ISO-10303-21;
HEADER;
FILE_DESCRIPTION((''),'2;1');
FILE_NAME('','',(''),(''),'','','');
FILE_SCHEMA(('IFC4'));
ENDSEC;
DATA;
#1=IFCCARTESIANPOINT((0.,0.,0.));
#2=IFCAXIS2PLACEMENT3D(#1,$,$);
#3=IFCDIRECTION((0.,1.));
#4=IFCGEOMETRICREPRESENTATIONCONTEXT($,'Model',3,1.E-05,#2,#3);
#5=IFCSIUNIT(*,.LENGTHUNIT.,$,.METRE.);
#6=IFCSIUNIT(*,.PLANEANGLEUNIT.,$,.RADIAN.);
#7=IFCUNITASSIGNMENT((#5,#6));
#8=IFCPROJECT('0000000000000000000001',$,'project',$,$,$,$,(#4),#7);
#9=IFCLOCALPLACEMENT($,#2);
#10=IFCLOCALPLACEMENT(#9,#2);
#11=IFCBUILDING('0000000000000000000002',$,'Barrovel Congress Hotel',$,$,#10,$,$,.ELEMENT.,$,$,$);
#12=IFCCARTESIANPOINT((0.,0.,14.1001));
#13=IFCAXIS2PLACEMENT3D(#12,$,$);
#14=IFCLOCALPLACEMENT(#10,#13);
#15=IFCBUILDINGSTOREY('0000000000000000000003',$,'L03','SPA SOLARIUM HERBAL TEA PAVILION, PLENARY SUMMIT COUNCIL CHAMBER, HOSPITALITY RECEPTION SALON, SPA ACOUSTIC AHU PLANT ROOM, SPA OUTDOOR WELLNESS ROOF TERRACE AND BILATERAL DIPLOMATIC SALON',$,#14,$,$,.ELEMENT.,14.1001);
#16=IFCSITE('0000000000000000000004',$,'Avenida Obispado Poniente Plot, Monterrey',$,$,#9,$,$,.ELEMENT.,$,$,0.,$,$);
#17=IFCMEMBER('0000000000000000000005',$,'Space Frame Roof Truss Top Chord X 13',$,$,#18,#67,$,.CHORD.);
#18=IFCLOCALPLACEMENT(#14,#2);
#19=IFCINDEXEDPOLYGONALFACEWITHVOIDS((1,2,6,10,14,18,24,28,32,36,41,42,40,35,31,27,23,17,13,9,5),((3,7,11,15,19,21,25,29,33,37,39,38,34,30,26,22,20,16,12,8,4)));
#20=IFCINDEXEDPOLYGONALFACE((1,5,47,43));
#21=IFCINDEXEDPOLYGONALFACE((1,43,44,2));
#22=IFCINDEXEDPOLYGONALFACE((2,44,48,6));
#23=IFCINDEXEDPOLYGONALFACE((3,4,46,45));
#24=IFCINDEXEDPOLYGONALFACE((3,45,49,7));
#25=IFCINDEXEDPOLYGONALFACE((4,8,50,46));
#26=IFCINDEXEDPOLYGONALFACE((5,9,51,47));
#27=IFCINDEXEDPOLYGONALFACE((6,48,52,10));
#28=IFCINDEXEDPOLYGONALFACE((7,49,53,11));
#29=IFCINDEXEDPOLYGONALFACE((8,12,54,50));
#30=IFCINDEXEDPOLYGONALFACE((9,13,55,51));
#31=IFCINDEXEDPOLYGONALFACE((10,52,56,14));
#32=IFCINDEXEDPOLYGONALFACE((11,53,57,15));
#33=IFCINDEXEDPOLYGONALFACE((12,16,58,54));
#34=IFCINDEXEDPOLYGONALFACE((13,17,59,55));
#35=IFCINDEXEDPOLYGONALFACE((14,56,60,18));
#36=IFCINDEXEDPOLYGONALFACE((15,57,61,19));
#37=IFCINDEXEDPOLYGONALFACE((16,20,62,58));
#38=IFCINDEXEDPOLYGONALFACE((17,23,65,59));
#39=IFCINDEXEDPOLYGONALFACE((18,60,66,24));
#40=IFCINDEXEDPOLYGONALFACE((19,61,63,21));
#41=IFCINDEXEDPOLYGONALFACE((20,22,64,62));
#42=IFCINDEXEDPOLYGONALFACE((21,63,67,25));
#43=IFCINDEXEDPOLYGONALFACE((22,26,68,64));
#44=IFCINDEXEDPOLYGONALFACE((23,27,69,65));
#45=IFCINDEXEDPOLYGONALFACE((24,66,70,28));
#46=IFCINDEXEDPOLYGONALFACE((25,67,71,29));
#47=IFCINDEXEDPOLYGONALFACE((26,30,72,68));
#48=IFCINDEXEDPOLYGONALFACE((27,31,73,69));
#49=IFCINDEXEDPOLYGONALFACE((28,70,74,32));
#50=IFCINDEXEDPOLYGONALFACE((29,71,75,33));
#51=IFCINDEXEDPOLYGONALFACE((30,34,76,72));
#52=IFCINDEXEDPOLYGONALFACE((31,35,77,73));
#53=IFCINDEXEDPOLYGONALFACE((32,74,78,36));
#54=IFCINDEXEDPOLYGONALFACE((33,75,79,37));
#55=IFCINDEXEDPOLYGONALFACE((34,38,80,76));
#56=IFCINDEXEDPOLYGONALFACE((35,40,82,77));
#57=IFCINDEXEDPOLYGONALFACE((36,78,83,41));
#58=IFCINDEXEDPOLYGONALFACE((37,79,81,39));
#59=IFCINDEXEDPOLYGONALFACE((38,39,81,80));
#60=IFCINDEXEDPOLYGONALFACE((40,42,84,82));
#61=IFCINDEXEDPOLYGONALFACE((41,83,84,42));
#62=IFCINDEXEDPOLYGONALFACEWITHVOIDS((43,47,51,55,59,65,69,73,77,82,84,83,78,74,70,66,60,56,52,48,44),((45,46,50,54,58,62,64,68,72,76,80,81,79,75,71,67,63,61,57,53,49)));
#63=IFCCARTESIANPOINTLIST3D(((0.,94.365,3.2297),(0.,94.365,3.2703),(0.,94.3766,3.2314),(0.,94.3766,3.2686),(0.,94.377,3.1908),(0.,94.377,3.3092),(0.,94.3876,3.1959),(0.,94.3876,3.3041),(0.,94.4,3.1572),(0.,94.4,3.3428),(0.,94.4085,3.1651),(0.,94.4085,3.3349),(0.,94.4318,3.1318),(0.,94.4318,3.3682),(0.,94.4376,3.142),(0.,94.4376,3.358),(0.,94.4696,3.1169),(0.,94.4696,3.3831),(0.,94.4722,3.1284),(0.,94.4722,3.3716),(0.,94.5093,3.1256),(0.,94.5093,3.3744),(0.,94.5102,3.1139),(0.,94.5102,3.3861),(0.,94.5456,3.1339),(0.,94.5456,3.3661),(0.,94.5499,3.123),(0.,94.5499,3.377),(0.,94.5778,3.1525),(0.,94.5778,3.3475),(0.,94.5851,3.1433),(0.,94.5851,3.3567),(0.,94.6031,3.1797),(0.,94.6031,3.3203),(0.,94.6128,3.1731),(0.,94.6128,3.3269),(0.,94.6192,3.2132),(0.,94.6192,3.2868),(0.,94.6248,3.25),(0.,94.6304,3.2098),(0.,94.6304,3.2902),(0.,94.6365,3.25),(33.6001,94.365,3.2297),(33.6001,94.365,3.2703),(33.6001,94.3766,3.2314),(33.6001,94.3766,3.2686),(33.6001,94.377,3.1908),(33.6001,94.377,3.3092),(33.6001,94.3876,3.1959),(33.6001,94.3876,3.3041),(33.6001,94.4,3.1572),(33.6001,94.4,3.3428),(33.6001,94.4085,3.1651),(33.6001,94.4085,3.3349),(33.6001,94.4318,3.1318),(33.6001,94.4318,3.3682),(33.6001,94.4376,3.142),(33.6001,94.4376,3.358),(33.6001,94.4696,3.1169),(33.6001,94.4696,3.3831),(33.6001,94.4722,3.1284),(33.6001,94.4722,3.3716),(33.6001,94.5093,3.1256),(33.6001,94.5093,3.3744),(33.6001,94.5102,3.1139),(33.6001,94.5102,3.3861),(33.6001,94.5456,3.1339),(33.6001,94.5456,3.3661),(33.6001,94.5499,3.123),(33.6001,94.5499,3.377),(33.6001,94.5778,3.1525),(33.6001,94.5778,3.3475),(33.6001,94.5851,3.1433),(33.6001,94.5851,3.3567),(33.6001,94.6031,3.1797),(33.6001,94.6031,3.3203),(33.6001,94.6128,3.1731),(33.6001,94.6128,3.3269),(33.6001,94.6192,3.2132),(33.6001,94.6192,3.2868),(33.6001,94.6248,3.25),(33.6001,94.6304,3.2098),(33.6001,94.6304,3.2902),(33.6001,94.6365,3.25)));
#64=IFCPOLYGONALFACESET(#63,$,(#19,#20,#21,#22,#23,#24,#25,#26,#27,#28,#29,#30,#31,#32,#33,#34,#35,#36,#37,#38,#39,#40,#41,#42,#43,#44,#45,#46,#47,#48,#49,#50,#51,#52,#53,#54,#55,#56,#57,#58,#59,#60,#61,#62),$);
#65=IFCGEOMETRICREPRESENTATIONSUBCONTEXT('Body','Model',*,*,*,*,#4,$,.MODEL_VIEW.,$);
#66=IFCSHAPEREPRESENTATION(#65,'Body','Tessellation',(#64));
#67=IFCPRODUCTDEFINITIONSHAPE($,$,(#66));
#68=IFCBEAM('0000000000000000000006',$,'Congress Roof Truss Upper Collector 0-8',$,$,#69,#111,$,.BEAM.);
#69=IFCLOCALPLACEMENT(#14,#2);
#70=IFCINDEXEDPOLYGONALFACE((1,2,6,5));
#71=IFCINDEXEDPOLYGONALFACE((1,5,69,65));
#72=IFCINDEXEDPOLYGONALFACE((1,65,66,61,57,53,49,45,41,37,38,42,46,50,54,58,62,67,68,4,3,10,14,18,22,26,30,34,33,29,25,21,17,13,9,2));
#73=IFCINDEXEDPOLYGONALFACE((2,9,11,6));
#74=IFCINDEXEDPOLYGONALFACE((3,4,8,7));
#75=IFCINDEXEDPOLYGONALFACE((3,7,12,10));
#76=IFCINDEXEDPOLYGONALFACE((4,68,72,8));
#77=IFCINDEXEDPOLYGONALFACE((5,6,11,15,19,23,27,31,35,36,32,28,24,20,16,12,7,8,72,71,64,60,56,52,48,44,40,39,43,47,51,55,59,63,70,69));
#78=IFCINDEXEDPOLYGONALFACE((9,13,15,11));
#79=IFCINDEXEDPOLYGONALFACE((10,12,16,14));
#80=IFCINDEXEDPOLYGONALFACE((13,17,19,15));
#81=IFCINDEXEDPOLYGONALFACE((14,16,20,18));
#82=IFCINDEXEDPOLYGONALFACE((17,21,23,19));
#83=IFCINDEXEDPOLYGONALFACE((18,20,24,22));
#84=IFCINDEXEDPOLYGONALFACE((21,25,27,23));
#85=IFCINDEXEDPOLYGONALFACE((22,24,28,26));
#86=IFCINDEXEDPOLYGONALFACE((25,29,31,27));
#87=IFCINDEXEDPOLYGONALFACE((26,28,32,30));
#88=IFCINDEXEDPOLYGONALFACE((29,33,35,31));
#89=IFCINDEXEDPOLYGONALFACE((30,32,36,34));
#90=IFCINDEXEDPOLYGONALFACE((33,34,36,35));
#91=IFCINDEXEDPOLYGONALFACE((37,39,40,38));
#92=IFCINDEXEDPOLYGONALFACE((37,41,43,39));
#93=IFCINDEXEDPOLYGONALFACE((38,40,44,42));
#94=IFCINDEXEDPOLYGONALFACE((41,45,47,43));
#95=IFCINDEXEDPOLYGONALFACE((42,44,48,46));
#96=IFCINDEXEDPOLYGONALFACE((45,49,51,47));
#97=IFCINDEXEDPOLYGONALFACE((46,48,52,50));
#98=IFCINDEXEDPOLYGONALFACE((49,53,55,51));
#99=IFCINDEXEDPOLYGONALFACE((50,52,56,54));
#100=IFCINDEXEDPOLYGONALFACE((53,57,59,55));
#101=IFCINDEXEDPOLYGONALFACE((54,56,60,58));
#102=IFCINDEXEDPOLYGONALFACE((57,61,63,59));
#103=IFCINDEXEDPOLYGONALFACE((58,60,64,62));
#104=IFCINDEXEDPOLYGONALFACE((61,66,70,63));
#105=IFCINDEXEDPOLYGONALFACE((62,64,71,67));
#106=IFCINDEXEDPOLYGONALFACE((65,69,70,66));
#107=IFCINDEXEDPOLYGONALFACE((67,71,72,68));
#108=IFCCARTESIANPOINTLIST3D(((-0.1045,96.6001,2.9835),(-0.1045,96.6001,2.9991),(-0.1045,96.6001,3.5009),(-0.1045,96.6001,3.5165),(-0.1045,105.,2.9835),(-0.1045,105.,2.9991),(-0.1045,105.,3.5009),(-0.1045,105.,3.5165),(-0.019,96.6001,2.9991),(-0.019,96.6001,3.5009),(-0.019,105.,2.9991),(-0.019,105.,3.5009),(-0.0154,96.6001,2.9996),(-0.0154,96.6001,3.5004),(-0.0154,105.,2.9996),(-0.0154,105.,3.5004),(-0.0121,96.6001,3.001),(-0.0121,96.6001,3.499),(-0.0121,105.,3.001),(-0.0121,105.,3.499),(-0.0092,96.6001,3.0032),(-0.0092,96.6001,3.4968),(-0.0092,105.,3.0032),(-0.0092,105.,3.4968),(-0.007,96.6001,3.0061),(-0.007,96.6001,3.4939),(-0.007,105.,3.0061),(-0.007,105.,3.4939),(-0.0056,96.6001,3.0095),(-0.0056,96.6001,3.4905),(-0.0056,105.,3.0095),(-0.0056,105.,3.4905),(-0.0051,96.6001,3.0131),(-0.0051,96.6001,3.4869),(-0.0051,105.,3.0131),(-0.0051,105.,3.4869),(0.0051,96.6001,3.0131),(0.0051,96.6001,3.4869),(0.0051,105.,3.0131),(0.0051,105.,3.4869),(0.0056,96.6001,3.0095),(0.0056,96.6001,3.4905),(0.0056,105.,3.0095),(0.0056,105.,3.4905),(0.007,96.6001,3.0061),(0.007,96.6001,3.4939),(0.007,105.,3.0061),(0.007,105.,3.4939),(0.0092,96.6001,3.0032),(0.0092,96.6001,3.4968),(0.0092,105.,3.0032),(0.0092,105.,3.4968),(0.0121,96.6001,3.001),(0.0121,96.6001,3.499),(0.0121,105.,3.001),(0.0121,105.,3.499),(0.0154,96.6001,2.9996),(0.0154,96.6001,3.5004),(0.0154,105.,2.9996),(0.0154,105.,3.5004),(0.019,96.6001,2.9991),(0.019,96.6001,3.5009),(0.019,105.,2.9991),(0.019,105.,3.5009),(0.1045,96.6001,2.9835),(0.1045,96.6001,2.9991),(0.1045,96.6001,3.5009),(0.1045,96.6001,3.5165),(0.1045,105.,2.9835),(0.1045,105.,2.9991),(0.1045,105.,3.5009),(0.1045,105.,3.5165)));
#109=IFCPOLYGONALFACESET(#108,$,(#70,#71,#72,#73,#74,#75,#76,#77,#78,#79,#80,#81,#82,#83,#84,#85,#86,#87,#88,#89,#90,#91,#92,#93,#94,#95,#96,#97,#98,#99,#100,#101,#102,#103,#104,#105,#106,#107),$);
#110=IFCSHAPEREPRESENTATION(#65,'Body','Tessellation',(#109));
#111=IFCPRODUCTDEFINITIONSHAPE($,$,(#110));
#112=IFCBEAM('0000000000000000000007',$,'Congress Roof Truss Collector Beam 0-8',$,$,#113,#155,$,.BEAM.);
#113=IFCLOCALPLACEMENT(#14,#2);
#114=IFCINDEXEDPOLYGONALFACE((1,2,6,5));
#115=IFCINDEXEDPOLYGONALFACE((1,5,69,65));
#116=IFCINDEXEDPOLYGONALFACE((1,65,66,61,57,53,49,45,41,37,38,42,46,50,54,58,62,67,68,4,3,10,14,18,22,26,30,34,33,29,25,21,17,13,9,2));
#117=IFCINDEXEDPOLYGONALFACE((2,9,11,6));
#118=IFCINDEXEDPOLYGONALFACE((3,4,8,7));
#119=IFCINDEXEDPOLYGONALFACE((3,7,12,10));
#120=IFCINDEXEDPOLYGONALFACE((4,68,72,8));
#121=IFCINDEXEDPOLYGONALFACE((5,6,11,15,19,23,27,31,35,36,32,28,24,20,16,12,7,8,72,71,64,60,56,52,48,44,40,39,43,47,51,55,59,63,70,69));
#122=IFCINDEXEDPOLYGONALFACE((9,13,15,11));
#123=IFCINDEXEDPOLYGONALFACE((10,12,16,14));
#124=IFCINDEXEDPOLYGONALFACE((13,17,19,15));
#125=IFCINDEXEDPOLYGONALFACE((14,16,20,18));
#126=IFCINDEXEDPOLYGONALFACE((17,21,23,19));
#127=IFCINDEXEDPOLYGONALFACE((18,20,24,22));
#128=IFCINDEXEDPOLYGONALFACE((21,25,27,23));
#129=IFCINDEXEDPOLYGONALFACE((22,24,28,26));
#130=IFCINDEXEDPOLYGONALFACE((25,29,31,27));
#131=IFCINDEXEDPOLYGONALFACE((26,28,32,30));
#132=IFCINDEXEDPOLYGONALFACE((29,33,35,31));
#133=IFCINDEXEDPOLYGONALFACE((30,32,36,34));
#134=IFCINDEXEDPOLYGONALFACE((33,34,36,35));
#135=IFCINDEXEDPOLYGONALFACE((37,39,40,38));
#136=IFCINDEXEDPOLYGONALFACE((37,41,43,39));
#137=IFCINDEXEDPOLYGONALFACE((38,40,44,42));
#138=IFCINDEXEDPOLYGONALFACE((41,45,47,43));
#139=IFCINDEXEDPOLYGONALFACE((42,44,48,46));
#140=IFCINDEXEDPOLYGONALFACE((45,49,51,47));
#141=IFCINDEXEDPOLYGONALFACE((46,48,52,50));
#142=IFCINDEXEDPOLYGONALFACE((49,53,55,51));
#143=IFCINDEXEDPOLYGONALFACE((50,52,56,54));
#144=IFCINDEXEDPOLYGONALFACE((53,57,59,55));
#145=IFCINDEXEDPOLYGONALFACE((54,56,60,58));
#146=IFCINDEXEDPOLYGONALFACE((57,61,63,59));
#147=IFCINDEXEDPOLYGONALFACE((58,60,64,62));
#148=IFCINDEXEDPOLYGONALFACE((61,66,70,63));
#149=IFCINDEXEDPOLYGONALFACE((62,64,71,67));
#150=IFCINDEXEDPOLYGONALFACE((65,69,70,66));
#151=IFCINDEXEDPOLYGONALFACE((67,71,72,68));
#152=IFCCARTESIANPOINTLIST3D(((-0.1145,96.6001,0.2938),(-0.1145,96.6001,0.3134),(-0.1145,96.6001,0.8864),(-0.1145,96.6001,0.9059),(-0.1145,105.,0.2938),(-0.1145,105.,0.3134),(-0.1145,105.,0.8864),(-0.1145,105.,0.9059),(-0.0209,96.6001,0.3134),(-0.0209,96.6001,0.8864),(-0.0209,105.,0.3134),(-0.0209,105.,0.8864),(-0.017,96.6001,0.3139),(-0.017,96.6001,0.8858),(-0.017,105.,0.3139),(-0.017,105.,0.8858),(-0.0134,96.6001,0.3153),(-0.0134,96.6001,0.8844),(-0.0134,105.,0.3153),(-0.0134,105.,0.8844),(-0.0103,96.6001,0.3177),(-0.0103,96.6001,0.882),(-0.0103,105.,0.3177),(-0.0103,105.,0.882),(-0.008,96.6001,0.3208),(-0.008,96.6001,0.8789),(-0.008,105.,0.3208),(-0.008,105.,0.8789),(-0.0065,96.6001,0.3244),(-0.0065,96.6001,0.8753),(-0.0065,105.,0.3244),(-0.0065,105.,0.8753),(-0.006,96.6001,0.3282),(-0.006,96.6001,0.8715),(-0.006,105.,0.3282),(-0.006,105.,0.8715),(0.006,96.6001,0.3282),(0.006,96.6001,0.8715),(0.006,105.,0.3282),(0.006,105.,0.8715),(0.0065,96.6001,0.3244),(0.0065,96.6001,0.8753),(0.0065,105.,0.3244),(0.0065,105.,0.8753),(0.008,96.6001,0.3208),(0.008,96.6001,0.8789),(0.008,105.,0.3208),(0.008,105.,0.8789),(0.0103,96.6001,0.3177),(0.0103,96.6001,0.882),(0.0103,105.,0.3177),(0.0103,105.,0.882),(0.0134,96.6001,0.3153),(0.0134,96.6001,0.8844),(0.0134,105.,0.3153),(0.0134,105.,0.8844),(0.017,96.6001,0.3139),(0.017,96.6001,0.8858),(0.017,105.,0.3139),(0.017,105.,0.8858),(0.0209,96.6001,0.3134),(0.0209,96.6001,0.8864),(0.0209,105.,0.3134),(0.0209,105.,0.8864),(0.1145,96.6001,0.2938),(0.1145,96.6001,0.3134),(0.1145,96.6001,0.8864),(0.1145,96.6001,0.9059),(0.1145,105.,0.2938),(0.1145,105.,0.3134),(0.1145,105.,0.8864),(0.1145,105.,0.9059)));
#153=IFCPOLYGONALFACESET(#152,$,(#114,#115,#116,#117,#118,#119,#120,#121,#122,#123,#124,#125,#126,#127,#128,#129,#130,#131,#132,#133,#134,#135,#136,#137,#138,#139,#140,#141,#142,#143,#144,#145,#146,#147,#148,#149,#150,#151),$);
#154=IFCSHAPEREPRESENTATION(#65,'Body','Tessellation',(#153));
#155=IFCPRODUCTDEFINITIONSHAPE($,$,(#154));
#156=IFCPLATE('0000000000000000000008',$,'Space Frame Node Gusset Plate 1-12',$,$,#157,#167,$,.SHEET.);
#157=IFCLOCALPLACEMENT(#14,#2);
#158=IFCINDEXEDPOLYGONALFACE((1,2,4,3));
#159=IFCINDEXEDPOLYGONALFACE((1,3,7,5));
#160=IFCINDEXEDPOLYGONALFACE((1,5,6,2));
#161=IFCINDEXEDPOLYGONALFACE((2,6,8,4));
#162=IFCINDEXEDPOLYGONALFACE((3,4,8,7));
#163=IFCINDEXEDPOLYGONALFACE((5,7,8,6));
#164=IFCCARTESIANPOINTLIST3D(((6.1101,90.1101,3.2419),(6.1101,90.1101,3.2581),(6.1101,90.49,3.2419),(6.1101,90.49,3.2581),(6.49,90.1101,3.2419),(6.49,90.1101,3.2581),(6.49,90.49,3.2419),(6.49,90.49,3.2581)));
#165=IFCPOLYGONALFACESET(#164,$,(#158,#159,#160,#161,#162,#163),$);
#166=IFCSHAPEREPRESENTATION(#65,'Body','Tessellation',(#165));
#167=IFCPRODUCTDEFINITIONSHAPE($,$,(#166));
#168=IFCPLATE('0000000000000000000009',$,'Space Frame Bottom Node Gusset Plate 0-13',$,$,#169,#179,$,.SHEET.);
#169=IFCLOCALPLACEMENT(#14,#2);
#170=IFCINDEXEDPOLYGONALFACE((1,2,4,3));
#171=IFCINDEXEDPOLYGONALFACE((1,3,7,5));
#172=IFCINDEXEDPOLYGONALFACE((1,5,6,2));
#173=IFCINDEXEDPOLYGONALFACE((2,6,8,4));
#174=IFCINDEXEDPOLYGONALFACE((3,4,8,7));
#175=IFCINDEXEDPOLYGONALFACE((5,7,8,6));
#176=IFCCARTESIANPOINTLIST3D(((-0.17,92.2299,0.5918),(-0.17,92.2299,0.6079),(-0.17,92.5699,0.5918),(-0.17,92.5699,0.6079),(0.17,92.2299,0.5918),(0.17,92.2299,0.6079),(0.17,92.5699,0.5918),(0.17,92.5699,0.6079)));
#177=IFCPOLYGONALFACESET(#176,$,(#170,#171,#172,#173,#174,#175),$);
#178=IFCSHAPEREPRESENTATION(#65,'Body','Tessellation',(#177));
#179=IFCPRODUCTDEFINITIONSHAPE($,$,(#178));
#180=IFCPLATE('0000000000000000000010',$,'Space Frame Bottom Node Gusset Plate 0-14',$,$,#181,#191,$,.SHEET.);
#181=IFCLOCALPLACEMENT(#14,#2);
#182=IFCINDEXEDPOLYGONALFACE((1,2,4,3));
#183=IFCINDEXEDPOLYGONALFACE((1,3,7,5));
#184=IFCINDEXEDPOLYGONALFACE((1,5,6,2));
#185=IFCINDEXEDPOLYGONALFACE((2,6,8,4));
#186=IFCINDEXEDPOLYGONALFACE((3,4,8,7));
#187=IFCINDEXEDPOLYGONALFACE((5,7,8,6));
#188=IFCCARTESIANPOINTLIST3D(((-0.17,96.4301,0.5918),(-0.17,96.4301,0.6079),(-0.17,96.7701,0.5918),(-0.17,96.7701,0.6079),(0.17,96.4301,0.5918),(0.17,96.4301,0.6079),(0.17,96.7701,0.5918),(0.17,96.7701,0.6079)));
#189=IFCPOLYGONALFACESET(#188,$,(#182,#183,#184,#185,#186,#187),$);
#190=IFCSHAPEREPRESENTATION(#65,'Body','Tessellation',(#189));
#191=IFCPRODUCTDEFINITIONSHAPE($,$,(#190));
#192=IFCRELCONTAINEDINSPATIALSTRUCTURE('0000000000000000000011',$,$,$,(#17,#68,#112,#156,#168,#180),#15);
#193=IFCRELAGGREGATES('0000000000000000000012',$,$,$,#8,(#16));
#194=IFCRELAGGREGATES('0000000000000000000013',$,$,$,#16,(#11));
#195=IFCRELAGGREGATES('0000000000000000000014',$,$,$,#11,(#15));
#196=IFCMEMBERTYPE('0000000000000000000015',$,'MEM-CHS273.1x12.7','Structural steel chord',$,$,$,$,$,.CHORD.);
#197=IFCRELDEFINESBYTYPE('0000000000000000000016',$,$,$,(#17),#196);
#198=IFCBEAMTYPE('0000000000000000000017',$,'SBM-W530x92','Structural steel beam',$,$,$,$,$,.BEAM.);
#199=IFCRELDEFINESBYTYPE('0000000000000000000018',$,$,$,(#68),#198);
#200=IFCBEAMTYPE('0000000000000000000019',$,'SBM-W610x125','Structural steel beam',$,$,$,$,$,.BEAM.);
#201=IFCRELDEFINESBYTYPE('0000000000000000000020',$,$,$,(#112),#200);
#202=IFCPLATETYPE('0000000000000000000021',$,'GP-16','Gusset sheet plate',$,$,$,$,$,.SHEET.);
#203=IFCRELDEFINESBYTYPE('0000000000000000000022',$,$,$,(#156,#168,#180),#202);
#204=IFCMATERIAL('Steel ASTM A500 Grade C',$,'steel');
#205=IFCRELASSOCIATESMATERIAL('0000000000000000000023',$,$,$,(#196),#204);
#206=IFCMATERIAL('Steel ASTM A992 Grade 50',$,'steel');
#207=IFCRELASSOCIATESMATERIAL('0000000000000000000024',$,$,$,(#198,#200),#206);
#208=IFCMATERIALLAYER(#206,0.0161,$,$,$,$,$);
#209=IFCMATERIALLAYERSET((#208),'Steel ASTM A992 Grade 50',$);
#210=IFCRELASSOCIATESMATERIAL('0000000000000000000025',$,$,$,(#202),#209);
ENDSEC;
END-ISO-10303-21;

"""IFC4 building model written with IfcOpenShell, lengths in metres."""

from ifc_helpers import new_model, si_unit, direction, frame, origin, origin_2d, place, context, subcontext, project, spatial, rectangle, hollow_circle, i_section, extrude, material, layer, layer_set, material_profile, profile_set, type_object, element, save


model = new_model("IFC4")

# Units and contexts
model_context = context("Model", 3, precision=1e-05, world=origin(), true_north=direction((0.0, 1.0)))
body_context = subcontext(model_context, "Body", "Model", "MODEL_VIEW")
ifc_project = project(units=[si_unit("LENGTHUNIT", "METRE"), si_unit("PLANEANGLEUNIT", "RADIAN")], contexts=[model_context])

# Site, building, storey
site_placement = place(None, origin())
site = spatial("IfcSite", under=ifc_project, at=site_placement, Name="Avenida Obispado Poniente Plot, Monterrey", CompositionType="ELEMENT", RefElevation=0.0)
building_placement = place(site_placement, origin())
building = spatial("IfcBuilding", under=site, at=building_placement, Name="Barrovel Congress Hotel", CompositionType="ELEMENT")
storey_placement = place(building_placement, frame((0.0, 0.0, 14.1001)))
storey = spatial("IfcBuildingStorey", under=building, at=storey_placement, Name="L03", Description="SPA SOLARIUM HERBAL TEA PAVILION, PLENARY SUMMIT COUNCIL CHAMBER, HOSPITALITY RECEPTION SALON, SPA ACOUSTIC AHU PLANT ROOM, SPA OUTDOOR WELLNESS ROOF TERRACE AND BILATERAL DIPLOMATIC SALON", CompositionType="ELEMENT", Elevation=14.1001)

# Member
ifc_material_1 = material(Name="Steel ASTM A500 Grade C", Category="steel")
ifc_material_profile_1 = material_profile(ifc_material_1, hollow_circle(Radius=0.1365, WallThickness=0.0117, at=origin_2d()), Name="CHS273.1x12.7")
ifc_profile_set_1 = profile_set([ifc_material_profile_1], Name="Steel ASTM A500 Grade C")
member_type_1 = type_object("IfcMemberType", Name="MEM-CHS273.1x12.7", Description="Structural steel chord", PredefinedType="CHORD", material=ifc_profile_set_1)
for number, where, z_axis, x_axis, name in (
    (1, (0.0, 94.5, 3.25), (1.0, 0.0, 0.0), (0.0, 1.0, 0.0), "Space Frame Roof Truss Top Chord X 13"),
):
    element("IfcMember", number, at=place(storey_placement, frame(where, z_axis=z_axis, x_axis=x_axis)), inside=storey, type_object=member_type_1, Name=name, PredefinedType="CHORD", context=body_context, shape_type="SweptSolid", body=[
        extrude(hollow_circle(Radius=0.1365, WallThickness=0.0117, at=origin_2d()), origin(), (0.0, 0.0, 1.0), 33.6001),
    ])

# Beams
ifc_material_2 = material(Name="Steel ASTM A992 Grade 50", Category="steel")
ifc_material_profile_2 = material_profile(ifc_material_2, i_section(OverallWidth=0.209, OverallDepth=0.533, WebThickness=0.0103, FlangeThickness=0.0156, FilletRadius=0.0139, at=origin_2d()), Name="W530x92")
ifc_profile_set_2 = profile_set([ifc_material_profile_2], Name="Steel ASTM A992 Grade 50")
beam_type_1 = type_object("IfcBeamType", Name="SBM-W530x92", Description="Structural steel beam", PredefinedType="BEAM", material=ifc_profile_set_2)
beam_1_placement = place(storey_placement, frame((0.0, 96.6001, 3.25), z_axis=(0.0, 1.0, 0.0), x_axis=(-1.0, 0.0, 0.0)))
element("IfcBeam", 2, at=beam_1_placement, inside=storey, type_object=beam_type_1, Name="Congress Roof Truss Upper Collector 0-8", PredefinedType="BEAM", context=body_context, shape_type="SweptSolid", body=[
    extrude(i_section(OverallWidth=0.209, OverallDepth=0.533, WebThickness=0.0103, FlangeThickness=0.0156, FilletRadius=0.0139, at=origin_2d()), origin(), (0.0, 0.0, 1.0), 8.3999),
])
ifc_material_profile_3 = material_profile(ifc_material_2, i_section(OverallWidth=0.229, OverallDepth=0.6121, WebThickness=0.012, FlangeThickness=0.0195, FilletRadius=0.0149, at=origin_2d()), Name="W610x125")
ifc_profile_set_3 = profile_set([ifc_material_profile_3], Name="Steel ASTM A992 Grade 50")
beam_type_2 = type_object("IfcBeamType", Name="SBM-W610x125", Description="Structural steel beam", PredefinedType="BEAM", material=ifc_profile_set_3)
beam_2_placement = place(storey_placement, frame((0.0, 96.6001, 0.5999), z_axis=(0.0, 1.0, 0.0), x_axis=(-1.0, 0.0, 0.0)))
element("IfcBeam", 3, at=beam_2_placement, inside=storey, type_object=beam_type_2, Name="Congress Roof Truss Collector Beam 0-8", PredefinedType="BEAM", context=body_context, shape_type="SweptSolid", body=[
    extrude(i_section(OverallWidth=0.229, OverallDepth=0.6121, WebThickness=0.012, FlangeThickness=0.0195, FilletRadius=0.0149, at=origin_2d()), origin(), (0.0, 0.0, 1.0), 8.3999),
])

# Plates
ifc_layer_1 = layer(ifc_material_2, 0.0161)
ifc_layer_set_1 = layer_set([ifc_layer_1], Name="Steel ASTM A992 Grade 50")
plate_type_1 = type_object("IfcPlateType", Name="GP-16", Description="Gusset sheet plate", PredefinedType="SHEET", material=ifc_layer_set_1)
plate_1_placement = place(storey_placement, frame((6.3, 90.3, 3.2419), z_axis=(0.0, 0.0, 1.0), x_axis=(1.0, 0.0, 0.0)))
element("IfcPlate", 4, at=plate_1_placement, inside=storey, type_object=plate_type_1, Name="Space Frame Node Gusset Plate 1-12", PredefinedType="SHEET", context=body_context, shape_type="SweptSolid", body=[
    extrude(rectangle(XDim=0.3799, YDim=0.3799, at=origin_2d()), origin(), (0.0, 0.0, 1.0), 0.0161),
])
for number, where, z_axis, x_axis, name in (
    (5, (0.0, 92.3999, 0.5918), (0.0, 0.0, 1.0), (1.0, 0.0, 0.0), "Space Frame Bottom Node Gusset Plate 0-13"),
    (6, (0.0, 96.6001, 0.5918), (0.0, 0.0, 1.0), (1.0, 0.0, 0.0), "Space Frame Bottom Node Gusset Plate 0-14"),
):
    element("IfcPlate", number, at=place(storey_placement, frame(where, z_axis=z_axis, x_axis=x_axis)), inside=storey, type_object=plate_type_1, Name=name, PredefinedType="SHEET", context=body_context, shape_type="SweptSolid", body=[
        extrude(rectangle(XDim=0.3401, YDim=0.3401, at=origin_2d()), origin(), (0.0, 0.0, 1.0), 0.0161),
    ])

save(model, "model.ifc")
